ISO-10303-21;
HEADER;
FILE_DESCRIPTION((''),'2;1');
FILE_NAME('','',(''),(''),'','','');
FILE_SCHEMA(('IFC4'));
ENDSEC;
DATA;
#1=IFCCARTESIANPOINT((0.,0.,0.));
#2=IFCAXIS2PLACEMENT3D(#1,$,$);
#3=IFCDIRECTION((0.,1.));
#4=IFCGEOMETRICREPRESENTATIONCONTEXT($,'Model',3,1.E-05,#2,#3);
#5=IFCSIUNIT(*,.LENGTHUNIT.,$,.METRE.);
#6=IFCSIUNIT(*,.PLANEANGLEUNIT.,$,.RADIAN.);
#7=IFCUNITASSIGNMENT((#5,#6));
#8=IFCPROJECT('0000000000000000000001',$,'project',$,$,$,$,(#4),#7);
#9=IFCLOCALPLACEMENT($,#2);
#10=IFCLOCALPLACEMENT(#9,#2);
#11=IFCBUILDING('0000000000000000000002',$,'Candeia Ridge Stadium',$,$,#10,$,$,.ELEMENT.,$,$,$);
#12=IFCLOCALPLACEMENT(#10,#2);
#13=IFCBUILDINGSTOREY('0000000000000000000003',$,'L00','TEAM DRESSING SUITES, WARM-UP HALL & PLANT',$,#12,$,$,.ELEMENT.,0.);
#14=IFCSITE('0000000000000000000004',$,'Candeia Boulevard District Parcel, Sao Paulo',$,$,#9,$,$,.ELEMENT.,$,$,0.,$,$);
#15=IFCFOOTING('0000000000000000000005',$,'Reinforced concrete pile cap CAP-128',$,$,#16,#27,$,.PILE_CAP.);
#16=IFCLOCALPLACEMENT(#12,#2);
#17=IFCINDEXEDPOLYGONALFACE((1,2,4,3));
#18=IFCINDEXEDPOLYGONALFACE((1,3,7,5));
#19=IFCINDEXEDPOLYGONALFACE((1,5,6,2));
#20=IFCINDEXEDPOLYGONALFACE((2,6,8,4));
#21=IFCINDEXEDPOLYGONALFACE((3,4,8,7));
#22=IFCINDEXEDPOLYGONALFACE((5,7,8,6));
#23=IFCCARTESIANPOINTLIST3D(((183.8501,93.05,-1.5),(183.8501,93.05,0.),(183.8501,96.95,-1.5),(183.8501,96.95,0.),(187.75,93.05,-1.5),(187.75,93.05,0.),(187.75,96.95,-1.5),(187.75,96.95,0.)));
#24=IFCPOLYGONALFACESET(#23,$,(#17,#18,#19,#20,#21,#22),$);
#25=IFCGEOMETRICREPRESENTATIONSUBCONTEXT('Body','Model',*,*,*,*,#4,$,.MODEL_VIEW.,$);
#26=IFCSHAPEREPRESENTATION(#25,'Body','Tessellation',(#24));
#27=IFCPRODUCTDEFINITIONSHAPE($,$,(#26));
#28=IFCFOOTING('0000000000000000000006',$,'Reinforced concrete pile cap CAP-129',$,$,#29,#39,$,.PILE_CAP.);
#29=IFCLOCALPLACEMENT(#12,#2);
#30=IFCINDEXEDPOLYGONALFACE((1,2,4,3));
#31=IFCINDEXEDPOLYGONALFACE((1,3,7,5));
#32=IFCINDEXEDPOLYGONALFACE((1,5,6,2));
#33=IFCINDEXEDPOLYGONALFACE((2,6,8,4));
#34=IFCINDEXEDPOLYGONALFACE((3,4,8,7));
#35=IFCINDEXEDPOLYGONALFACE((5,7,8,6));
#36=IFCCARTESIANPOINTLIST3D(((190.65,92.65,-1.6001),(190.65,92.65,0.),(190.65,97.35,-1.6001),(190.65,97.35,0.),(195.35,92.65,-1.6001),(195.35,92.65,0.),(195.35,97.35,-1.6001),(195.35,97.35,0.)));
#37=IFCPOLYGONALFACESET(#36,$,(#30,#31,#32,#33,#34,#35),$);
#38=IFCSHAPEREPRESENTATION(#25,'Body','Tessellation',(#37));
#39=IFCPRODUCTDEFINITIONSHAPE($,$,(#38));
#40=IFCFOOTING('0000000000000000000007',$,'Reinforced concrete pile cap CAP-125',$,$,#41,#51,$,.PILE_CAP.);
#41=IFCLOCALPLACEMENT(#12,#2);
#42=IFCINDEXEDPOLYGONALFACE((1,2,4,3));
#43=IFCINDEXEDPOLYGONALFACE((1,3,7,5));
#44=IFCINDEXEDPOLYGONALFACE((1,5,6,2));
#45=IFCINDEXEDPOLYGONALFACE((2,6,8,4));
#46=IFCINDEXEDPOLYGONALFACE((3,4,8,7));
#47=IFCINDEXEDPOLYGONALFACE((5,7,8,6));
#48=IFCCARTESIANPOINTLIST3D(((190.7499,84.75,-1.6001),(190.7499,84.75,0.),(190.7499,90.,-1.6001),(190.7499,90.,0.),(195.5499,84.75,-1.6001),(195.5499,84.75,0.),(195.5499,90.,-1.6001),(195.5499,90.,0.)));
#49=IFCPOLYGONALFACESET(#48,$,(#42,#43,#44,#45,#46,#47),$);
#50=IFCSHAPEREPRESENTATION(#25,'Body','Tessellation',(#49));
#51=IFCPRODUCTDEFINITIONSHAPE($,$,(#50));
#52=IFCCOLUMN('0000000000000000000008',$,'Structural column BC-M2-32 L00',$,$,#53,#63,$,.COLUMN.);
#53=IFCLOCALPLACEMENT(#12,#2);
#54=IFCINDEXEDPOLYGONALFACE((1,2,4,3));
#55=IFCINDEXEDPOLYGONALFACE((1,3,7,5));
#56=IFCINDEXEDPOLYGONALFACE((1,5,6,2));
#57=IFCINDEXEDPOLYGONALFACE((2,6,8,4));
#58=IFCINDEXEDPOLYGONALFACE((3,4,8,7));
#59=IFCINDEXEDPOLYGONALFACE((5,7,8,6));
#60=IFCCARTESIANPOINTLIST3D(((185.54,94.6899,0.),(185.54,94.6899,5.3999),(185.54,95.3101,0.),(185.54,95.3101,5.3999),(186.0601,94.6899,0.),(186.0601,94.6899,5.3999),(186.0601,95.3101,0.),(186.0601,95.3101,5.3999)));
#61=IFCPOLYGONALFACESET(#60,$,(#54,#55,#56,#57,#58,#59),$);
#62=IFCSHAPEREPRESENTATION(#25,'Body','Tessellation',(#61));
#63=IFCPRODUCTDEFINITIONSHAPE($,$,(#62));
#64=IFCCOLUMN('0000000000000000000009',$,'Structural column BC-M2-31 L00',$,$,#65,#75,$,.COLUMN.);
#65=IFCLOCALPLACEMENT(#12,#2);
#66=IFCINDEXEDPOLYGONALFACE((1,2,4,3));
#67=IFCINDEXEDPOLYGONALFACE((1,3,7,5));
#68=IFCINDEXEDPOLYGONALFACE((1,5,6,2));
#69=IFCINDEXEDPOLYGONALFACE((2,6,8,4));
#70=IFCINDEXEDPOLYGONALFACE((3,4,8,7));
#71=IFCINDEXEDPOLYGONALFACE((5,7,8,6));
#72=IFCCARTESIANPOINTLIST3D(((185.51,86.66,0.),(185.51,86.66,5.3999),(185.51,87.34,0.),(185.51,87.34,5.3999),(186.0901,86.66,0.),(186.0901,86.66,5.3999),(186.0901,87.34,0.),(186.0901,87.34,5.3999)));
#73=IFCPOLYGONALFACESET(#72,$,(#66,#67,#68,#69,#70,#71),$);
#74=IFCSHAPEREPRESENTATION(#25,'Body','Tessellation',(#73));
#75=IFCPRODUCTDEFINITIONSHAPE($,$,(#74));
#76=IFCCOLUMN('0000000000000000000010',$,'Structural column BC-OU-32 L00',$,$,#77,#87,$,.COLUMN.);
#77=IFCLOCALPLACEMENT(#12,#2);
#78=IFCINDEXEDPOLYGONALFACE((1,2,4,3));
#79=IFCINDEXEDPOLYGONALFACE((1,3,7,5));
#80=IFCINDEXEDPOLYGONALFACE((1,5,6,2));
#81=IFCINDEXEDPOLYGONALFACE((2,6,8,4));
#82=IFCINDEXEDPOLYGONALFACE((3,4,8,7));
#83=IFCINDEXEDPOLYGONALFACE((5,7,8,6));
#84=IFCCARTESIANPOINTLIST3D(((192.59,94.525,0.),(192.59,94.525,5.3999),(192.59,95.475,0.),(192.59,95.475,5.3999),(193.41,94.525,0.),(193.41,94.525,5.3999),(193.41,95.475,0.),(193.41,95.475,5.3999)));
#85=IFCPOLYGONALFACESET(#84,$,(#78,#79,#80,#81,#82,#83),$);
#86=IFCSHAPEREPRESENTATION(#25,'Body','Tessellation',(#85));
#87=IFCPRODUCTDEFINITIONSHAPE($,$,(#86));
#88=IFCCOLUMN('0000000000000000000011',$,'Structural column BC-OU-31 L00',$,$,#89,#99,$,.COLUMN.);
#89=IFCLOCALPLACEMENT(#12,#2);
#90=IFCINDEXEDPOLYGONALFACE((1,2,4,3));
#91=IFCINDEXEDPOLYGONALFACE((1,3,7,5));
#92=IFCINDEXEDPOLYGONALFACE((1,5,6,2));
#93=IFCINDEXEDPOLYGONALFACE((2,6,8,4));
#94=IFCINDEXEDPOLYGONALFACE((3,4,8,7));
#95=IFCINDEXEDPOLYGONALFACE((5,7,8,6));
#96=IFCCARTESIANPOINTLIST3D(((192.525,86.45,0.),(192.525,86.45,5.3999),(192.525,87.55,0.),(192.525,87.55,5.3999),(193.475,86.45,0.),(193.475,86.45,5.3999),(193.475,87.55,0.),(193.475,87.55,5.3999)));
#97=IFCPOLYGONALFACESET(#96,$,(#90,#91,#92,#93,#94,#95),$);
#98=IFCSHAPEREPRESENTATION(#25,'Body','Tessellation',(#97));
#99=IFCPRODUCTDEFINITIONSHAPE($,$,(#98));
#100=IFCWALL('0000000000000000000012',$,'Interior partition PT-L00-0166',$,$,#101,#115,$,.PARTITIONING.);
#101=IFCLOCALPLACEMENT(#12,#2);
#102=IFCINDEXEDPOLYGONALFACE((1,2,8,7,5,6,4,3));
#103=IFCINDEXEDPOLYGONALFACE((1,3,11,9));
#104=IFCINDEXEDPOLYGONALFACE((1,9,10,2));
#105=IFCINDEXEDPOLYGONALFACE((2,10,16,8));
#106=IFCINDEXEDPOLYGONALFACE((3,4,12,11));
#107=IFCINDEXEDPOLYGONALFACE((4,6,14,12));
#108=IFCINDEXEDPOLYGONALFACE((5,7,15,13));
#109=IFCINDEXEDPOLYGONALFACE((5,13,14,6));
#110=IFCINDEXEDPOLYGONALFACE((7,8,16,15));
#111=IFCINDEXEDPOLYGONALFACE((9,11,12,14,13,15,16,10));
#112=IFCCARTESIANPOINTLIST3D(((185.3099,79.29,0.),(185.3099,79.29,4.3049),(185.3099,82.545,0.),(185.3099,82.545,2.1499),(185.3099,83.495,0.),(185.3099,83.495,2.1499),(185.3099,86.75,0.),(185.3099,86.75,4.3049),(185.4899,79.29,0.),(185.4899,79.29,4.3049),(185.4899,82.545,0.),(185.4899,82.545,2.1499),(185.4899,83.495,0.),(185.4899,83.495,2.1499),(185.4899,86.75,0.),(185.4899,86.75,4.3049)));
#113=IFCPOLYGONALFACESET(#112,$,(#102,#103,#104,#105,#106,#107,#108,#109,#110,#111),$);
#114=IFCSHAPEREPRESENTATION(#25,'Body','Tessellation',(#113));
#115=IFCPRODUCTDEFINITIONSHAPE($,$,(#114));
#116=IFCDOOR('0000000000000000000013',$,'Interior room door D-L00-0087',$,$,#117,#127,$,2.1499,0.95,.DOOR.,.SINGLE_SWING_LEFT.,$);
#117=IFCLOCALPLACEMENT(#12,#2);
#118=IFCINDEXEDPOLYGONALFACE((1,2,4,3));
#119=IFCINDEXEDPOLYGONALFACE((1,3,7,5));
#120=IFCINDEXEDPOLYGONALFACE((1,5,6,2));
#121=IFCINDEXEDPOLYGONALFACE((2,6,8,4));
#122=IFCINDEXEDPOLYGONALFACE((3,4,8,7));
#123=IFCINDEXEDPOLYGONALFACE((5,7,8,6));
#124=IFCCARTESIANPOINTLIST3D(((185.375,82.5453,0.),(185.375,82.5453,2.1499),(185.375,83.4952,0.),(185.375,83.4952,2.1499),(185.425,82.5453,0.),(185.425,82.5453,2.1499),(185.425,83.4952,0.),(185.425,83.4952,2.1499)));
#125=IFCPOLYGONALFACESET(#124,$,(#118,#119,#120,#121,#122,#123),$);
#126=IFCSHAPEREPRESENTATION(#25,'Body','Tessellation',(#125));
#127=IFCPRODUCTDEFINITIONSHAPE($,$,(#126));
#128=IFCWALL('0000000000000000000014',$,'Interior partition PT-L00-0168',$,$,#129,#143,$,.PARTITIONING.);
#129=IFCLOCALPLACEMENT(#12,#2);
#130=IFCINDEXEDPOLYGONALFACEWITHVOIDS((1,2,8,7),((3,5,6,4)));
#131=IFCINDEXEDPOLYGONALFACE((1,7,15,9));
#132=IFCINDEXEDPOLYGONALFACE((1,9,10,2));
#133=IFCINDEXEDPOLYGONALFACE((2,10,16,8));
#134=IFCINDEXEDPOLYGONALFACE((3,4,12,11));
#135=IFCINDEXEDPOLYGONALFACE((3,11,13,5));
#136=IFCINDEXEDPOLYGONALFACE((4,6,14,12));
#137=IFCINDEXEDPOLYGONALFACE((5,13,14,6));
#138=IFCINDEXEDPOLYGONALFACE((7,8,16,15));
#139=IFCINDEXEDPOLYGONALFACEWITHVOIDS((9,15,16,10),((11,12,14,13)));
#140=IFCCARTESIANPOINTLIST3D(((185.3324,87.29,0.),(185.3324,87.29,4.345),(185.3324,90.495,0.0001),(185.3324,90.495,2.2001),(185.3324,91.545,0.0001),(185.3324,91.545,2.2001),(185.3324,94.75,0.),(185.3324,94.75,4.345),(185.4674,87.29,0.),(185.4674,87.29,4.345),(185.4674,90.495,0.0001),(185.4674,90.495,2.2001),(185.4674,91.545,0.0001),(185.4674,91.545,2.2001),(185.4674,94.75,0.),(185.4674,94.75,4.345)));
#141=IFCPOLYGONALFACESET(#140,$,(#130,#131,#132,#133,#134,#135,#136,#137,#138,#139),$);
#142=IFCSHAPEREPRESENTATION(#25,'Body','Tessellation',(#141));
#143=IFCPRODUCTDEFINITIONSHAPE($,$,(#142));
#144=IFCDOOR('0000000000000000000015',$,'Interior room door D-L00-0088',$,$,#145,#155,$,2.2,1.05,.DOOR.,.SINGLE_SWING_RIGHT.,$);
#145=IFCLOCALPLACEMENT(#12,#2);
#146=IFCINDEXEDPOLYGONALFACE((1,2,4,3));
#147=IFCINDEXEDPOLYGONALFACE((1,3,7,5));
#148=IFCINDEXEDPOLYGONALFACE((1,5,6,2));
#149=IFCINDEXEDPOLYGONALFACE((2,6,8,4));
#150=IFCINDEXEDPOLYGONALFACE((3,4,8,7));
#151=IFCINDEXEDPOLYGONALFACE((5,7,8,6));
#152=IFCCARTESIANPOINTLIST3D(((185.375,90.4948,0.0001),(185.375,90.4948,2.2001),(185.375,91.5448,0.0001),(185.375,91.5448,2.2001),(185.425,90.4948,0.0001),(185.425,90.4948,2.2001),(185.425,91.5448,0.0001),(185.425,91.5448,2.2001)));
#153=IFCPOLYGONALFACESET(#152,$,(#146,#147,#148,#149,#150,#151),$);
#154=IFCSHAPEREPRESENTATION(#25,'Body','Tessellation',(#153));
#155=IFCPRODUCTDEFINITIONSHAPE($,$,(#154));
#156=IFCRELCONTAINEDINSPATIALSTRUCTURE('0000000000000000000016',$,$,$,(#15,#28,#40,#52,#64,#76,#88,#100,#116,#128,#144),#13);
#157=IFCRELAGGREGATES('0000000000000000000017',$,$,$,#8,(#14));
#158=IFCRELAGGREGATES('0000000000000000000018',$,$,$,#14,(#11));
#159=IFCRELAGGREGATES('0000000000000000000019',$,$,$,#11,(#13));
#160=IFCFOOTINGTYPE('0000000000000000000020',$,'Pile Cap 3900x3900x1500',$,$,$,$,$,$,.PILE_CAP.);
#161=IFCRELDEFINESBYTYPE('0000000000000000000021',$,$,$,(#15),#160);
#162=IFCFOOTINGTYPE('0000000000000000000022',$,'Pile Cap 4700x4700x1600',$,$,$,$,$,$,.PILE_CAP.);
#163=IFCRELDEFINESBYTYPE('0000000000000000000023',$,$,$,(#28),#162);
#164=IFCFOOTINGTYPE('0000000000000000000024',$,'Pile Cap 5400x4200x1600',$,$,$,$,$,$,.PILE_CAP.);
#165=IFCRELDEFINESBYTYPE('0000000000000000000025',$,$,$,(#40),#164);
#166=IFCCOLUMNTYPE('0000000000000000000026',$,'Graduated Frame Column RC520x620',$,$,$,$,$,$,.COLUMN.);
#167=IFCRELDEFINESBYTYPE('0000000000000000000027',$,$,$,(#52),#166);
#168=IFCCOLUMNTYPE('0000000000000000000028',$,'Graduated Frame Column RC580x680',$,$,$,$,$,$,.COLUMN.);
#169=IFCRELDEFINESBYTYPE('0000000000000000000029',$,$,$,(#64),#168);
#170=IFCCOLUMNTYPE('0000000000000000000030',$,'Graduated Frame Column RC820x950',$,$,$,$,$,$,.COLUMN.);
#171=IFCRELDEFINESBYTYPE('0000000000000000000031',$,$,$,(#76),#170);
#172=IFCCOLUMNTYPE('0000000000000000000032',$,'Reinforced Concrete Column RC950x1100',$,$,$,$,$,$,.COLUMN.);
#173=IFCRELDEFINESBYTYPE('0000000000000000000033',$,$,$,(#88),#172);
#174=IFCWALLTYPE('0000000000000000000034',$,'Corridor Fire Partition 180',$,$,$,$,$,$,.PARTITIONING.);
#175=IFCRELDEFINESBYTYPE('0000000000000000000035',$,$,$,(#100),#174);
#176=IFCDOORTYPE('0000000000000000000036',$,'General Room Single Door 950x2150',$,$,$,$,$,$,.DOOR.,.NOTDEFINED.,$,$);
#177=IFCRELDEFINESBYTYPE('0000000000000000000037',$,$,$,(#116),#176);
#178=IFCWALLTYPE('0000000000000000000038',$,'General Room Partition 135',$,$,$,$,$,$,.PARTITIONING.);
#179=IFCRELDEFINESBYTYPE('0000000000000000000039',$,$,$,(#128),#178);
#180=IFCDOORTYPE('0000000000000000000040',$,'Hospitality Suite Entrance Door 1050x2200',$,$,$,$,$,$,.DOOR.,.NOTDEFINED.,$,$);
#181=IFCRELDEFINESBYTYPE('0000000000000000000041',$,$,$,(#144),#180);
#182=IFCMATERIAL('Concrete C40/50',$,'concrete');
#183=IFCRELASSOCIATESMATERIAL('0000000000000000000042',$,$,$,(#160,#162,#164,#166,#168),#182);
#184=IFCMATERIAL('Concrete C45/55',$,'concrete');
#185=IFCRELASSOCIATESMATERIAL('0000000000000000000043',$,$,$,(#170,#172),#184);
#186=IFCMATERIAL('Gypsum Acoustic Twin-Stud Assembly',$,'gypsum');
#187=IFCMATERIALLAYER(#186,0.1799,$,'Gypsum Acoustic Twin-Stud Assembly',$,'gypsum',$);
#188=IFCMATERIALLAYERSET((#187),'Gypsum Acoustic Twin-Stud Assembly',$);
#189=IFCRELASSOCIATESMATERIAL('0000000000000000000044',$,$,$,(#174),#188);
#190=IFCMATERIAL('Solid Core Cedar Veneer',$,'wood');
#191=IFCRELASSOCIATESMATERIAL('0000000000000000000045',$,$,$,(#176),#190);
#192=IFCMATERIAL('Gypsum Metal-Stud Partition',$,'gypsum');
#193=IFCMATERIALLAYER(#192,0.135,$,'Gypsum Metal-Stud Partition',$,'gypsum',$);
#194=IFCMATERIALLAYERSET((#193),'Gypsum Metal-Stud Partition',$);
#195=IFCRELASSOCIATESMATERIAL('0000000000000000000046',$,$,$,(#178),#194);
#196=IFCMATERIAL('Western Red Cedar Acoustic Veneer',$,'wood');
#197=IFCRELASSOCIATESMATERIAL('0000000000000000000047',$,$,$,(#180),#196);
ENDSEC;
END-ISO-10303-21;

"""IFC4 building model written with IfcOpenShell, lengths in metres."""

from ifc_helpers import new_model, si_unit, direction, frame, frame_2d, origin, origin_2d, place, context, subcontext, project, spatial, rectangle, extrude, material, layer, layer_set, material_profile, profile_set, type_object, element, fill, save


model = new_model("IFC4")

# Units and contexts
model_context = context("Model", 3, precision=1e-05, world=origin(), true_north=direction((0.0, 1.0)))
body_context = subcontext(model_context, "Body", "Model", "MODEL_VIEW")
ifc_project = project(units=[si_unit("LENGTHUNIT", "METRE"), si_unit("PLANEANGLEUNIT", "RADIAN")], contexts=[model_context])

# Site, building, storey
site_placement = place(None, origin())
site = spatial("IfcSite", under=ifc_project, at=site_placement, Name="Candeia Boulevard District Parcel, Sao Paulo", CompositionType="ELEMENT", RefElevation=0.0)
building_placement = place(site_placement, origin())
building = spatial("IfcBuilding", under=site, at=building_placement, Name="Candeia Ridge Stadium", CompositionType="ELEMENT")
storey_placement = place(building_placement, origin())
storey = spatial("IfcBuildingStorey", under=building, at=storey_placement, Name="L00", Description="TEAM DRESSING SUITES, WARM-UP HALL & PLANT", CompositionType="ELEMENT", Elevation=0.0)

# Shared definitions
ifc_material_1 = material(Name="Concrete C40/50", Category="concrete")

# Footings
footing_type_1 = type_object("IfcFootingType", Name="Pile Cap 3900x3900x1500", PredefinedType="PILE_CAP", material=ifc_material_1)
for number, where, z_axis, x_axis, name in (
    (1, (185.8, 95.0, -1.5), (0.0, 0.0, 1.0), (1.0, 0.0, 0.0), "Reinforced concrete pile cap CAP-128"),
):
    element("IfcFooting", number, at=place(storey_placement, frame(where, z_axis=z_axis, x_axis=x_axis)), inside=storey, type_object=footing_type_1, Name=name, PredefinedType="PILE_CAP", context=body_context, shape_type="SweptSolid", body=[
        extrude(rectangle(XDim=3.8999, YDim=3.8999, at=origin_2d()), origin(), (0.0, 0.0, 1.0), 1.5),
    ])
footing_type_2 = type_object("IfcFootingType", Name="Pile Cap 4700x4700x1600", PredefinedType="PILE_CAP", material=ifc_material_1)
footing_1_placement = place(storey_placement, frame((193.0, 95.0, -1.6001), z_axis=(0.0, 0.0, 1.0), x_axis=(1.0, 0.0, 0.0)))
element("IfcFooting", 2, at=footing_1_placement, inside=storey, type_object=footing_type_2, Name="Reinforced concrete pile cap CAP-129", PredefinedType="PILE_CAP", context=body_context, shape_type="SweptSolid", body=[
    extrude(rectangle(XDim=4.7, YDim=4.7, at=origin_2d()), origin(), (0.0, 0.0, 1.0), 1.6001),
])
footing_type_3 = type_object("IfcFootingType", Name="Pile Cap 5400x4200x1600", PredefinedType="PILE_CAP", material=ifc_material_1)
footing_2_placement = place(storey_placement, frame((193.1499, 87.375, -1.6001), z_axis=(0.0, 0.0, 1.0), x_axis=(1.0, 0.0, 0.0)))
element("IfcFooting", 3, at=footing_2_placement, inside=storey, type_object=footing_type_3, Name="Reinforced concrete pile cap CAP-125", PredefinedType="PILE_CAP", context=body_context, shape_type="SweptSolid", body=[
    extrude(rectangle(XDim=4.8, YDim=5.25, at=origin_2d()), origin(), (0.0, 0.0, 1.0), 1.6001),
])

# Columns
ifc_material_profile_1 = material_profile(ifc_material_1, rectangle(XDim=0.52, YDim=0.6201, at=origin_2d()), Name="RC520x620", Category="concrete")
ifc_profile_set_1 = profile_set([ifc_material_profile_1], Name="Concrete C40/50")
column_type_1 = type_object("IfcColumnType", Name="Graduated Frame Column RC520x620", PredefinedType="COLUMN", material=ifc_profile_set_1)
column_1_placement = place(storey_placement, frame((185.8, 95.0, 0.0), z_axis=(0.0, 0.0, 1.0), x_axis=(1.0, 0.0, 0.0)))
element("IfcColumn", 4, at=column_1_placement, inside=storey, type_object=column_type_1, Name="Structural column BC-M2-32 L00", PredefinedType="COLUMN", context=body_context, shape_type="SweptSolid", body=[
    extrude(rectangle(XDim=0.52, YDim=0.6201, at=origin_2d()), origin(), (0.0, 0.0, 1.0), 5.3999),
])
ifc_material_profile_2 = material_profile(ifc_material_1, rectangle(XDim=0.5801, YDim=0.6799, at=origin_2d()), Name="RC580x680", Category="concrete")
ifc_profile_set_2 = profile_set([ifc_material_profile_2], Name="Concrete C40/50")
column_type_2 = type_object("IfcColumnType", Name="Graduated Frame Column RC580x680", PredefinedType="COLUMN", material=ifc_profile_set_2)
column_2_placement = place(storey_placement, frame((185.8, 87.0, 0.0), z_axis=(0.0, 0.0, 1.0), x_axis=(1.0, 0.0, 0.0)))
element("IfcColumn", 5, at=column_2_placement, inside=storey, type_object=column_type_2, Name="Structural column BC-M2-31 L00", PredefinedType="COLUMN", context=body_context, shape_type="SweptSolid", body=[
    extrude(rectangle(XDim=0.5801, YDim=0.6799, at=origin_2d()), origin(), (0.0, 0.0, 1.0), 5.3999),
])
ifc_material_2 = material(Name="Concrete C45/55", Category="concrete")
ifc_material_profile_3 = material_profile(ifc_material_2, rectangle(XDim=0.8201, YDim=0.95, at=origin_2d()), Name="RC820x950", Category="concrete")
ifc_profile_set_3 = profile_set([ifc_material_profile_3], Name="Concrete C45/55")
column_type_3 = type_object("IfcColumnType", Name="Graduated Frame Column RC820x950", PredefinedType="COLUMN", material=ifc_profile_set_3)
column_3_placement = place(storey_placement, frame((193.0, 95.0, 0.0), z_axis=(0.0, 0.0, 1.0), x_axis=(1.0, 0.0, 0.0)))
element("IfcColumn", 6, at=column_3_placement, inside=storey, type_object=column_type_3, Name="Structural column BC-OU-32 L00", PredefinedType="COLUMN", context=body_context, shape_type="SweptSolid", body=[
    extrude(rectangle(XDim=0.8201, YDim=0.95, at=origin_2d()), origin(), (0.0, 0.0, 1.0), 5.3999),
])
ifc_material_profile_4 = material_profile(ifc_material_2, rectangle(XDim=0.95, YDim=1.1001, at=origin_2d()), Name="RC950x1100", Category="concrete")
ifc_profile_set_4 = profile_set([ifc_material_profile_4], Name="Concrete C45/55")
column_type_4 = type_object("IfcColumnType", Name="Reinforced Concrete Column RC950x1100", PredefinedType="COLUMN", material=ifc_profile_set_4)
column_4_placement = place(storey_placement, frame((193.0, 87.0, 0.0), z_axis=(0.0, 0.0, 1.0), x_axis=(1.0, 0.0, 0.0)))
element("IfcColumn", 7, at=column_4_placement, inside=storey, type_object=column_type_4, Name="Structural column BC-OU-31 L00", PredefinedType="COLUMN", context=body_context, shape_type="SweptSolid", body=[
    extrude(rectangle(XDim=0.95, YDim=1.1001, at=origin_2d()), origin(), (0.0, 0.0, 1.0), 5.3999),
])

# Walls, openings, doors
ifc_material_3 = material(Name="Gypsum Acoustic Twin-Stud Assembly", Category="gypsum")
ifc_layer_1 = layer(ifc_material_3, 0.1799, Name="Gypsum Acoustic Twin-Stud Assembly", Category="gypsum")
ifc_layer_set_1 = layer_set([ifc_layer_1], Name="Gypsum Acoustic Twin-Stud Assembly")
wall_type_1 = type_object("IfcWallType", Name="Corridor Fire Partition 180", PredefinedType="PARTITIONING", material=ifc_layer_set_1)
wall_1_placement = place(storey_placement, frame((185.3999, 86.75, 0.0), z_axis=(0.0, 0.0, 1.0), x_axis=(0.0, -1.0, 0.0)))
wall_1 = element("IfcWall", 8, at=wall_1_placement, inside=storey, type_object=wall_type_1, Name="Interior partition PT-L00-0166", PredefinedType="PARTITIONING", context=body_context, shape_type="SweptSolid", body=[
    extrude(rectangle(XDim=7.46, YDim=0.1799, at=frame_2d((3.73, 0.0))), origin(), (0.0, 0.0, 1.0), 4.3049),
])
opening_1_placement = place(wall_1_placement, frame((3.2549, 0.0, 0.0)))
opening_1 = element("IfcOpeningElement", 9, at=opening_1_placement, cuts=wall_1, PredefinedType="OPENING", context=body_context, shape_type="SweptSolid", body=[
    extrude(rectangle(XDim=0.95, YDim=2.1499, at=frame_2d((0.4751, 1.075))), frame((0.0, 0.0999, 0.0), z_axis=(0.0, -1.0, 0.0), x_axis=(1.0, 0.0, 0.0)), (0.0, 0.0, 1.0), 0.2),
])
ifc_material_4 = material(Name="Solid Core Cedar Veneer", Category="wood")
door_type_1 = type_object("IfcDoorType", Name="General Room Single Door 950x2150", OperationType="NOTDEFINED", PredefinedType="DOOR", material=ifc_material_4)
door_1_placement = place(opening_1_placement, frame((0.95, 0.0, 0.0), z_axis=(0.0, 0.0, 1.0), x_axis=(-1.0, 0.0, 0.0)))
door_1 = element("IfcDoor", 10, at=door_1_placement, inside=storey, type_object=door_type_1, Name="Interior room door D-L00-0087", OperationType="SINGLE_SWING_LEFT", OverallHeight=2.1499, OverallWidth=0.95, PredefinedType="DOOR", context=body_context, shape_type="SweptSolid", body=[
    extrude(rectangle(XDim=0.95, YDim=2.1499, at=frame_2d((0.4751, 1.075))), frame((0.0, 0.0249, 0.0), z_axis=(0.0, -1.0, 0.0), x_axis=(1.0, 0.0, 0.0)), (0.0, 0.0, 1.0), 0.05),
])
fill(opening_1, door_1)
ifc_material_5 = material(Name="Gypsum Metal-Stud Partition", Category="gypsum")
ifc_layer_2 = layer(ifc_material_5, 0.135, Name="Gypsum Metal-Stud Partition", Category="gypsum")
ifc_layer_set_2 = layer_set([ifc_layer_2], Name="Gypsum Metal-Stud Partition")
wall_type_2 = type_object("IfcWallType", Name="General Room Partition 135", PredefinedType="PARTITIONING", material=ifc_layer_set_2)
wall_2_placement = place(storey_placement, frame((185.3999, 94.75, 0.0), z_axis=(0.0, 0.0, 1.0), x_axis=(0.0, -1.0, 0.0)))
wall_2 = element("IfcWall", 11, at=wall_2_placement, inside=storey, type_object=wall_type_2, Name="Interior partition PT-L00-0168", PredefinedType="PARTITIONING", context=body_context, shape_type="SweptSolid", body=[
    extrude(rectangle(XDim=7.46, YDim=0.135, at=frame_2d((3.73, 0.0))), origin(), (0.0, 0.0, 1.0), 4.345),
])
opening_2_placement = place(wall_2_placement, frame((3.2051, 0.0, 0.0)))
opening_2 = element("IfcOpeningElement", 12, at=opening_2_placement, cuts=wall_2, PredefinedType="OPENING", context=body_context, shape_type="SweptSolid", body=[
    extrude(rectangle(XDim=1.05, YDim=2.2, at=frame_2d((0.5249, 1.1001))), frame((0.0, 0.0774, 0.0), z_axis=(0.0, -1.0, 0.0), x_axis=(1.0, 0.0, 0.0)), (0.0, 0.0, 1.0), 0.155),
])
ifc_material_6 = material(Name="Western Red Cedar Acoustic Veneer", Category="wood")
door_type_2 = type_object("IfcDoorType", Name="Hospitality Suite Entrance Door 1050x2200", OperationType="NOTDEFINED", PredefinedType="DOOR", material=ifc_material_6)
door_2_placement = place(opening_2_placement, frame((1.05, 0.0, 0.0), z_axis=(0.0, 0.0, 1.0), x_axis=(-1.0, 0.0, 0.0)))
door_2 = element("IfcDoor", 13, at=door_2_placement, inside=storey, type_object=door_type_2, Name="Interior room door D-L00-0088", OperationType="SINGLE_SWING_RIGHT", OverallHeight=2.2, OverallWidth=1.05, PredefinedType="DOOR", context=body_context, shape_type="SweptSolid", body=[
    extrude(rectangle(XDim=1.05, YDim=2.2, at=frame_2d((0.5249, 1.1001))), frame((0.0, 0.0249, 0.0), z_axis=(0.0, -1.0, 0.0), x_axis=(1.0, 0.0, 0.0)), (0.0, 0.0, 1.0), 0.05),
])
fill(opening_2, door_2)

save(model, "model.ifc")
